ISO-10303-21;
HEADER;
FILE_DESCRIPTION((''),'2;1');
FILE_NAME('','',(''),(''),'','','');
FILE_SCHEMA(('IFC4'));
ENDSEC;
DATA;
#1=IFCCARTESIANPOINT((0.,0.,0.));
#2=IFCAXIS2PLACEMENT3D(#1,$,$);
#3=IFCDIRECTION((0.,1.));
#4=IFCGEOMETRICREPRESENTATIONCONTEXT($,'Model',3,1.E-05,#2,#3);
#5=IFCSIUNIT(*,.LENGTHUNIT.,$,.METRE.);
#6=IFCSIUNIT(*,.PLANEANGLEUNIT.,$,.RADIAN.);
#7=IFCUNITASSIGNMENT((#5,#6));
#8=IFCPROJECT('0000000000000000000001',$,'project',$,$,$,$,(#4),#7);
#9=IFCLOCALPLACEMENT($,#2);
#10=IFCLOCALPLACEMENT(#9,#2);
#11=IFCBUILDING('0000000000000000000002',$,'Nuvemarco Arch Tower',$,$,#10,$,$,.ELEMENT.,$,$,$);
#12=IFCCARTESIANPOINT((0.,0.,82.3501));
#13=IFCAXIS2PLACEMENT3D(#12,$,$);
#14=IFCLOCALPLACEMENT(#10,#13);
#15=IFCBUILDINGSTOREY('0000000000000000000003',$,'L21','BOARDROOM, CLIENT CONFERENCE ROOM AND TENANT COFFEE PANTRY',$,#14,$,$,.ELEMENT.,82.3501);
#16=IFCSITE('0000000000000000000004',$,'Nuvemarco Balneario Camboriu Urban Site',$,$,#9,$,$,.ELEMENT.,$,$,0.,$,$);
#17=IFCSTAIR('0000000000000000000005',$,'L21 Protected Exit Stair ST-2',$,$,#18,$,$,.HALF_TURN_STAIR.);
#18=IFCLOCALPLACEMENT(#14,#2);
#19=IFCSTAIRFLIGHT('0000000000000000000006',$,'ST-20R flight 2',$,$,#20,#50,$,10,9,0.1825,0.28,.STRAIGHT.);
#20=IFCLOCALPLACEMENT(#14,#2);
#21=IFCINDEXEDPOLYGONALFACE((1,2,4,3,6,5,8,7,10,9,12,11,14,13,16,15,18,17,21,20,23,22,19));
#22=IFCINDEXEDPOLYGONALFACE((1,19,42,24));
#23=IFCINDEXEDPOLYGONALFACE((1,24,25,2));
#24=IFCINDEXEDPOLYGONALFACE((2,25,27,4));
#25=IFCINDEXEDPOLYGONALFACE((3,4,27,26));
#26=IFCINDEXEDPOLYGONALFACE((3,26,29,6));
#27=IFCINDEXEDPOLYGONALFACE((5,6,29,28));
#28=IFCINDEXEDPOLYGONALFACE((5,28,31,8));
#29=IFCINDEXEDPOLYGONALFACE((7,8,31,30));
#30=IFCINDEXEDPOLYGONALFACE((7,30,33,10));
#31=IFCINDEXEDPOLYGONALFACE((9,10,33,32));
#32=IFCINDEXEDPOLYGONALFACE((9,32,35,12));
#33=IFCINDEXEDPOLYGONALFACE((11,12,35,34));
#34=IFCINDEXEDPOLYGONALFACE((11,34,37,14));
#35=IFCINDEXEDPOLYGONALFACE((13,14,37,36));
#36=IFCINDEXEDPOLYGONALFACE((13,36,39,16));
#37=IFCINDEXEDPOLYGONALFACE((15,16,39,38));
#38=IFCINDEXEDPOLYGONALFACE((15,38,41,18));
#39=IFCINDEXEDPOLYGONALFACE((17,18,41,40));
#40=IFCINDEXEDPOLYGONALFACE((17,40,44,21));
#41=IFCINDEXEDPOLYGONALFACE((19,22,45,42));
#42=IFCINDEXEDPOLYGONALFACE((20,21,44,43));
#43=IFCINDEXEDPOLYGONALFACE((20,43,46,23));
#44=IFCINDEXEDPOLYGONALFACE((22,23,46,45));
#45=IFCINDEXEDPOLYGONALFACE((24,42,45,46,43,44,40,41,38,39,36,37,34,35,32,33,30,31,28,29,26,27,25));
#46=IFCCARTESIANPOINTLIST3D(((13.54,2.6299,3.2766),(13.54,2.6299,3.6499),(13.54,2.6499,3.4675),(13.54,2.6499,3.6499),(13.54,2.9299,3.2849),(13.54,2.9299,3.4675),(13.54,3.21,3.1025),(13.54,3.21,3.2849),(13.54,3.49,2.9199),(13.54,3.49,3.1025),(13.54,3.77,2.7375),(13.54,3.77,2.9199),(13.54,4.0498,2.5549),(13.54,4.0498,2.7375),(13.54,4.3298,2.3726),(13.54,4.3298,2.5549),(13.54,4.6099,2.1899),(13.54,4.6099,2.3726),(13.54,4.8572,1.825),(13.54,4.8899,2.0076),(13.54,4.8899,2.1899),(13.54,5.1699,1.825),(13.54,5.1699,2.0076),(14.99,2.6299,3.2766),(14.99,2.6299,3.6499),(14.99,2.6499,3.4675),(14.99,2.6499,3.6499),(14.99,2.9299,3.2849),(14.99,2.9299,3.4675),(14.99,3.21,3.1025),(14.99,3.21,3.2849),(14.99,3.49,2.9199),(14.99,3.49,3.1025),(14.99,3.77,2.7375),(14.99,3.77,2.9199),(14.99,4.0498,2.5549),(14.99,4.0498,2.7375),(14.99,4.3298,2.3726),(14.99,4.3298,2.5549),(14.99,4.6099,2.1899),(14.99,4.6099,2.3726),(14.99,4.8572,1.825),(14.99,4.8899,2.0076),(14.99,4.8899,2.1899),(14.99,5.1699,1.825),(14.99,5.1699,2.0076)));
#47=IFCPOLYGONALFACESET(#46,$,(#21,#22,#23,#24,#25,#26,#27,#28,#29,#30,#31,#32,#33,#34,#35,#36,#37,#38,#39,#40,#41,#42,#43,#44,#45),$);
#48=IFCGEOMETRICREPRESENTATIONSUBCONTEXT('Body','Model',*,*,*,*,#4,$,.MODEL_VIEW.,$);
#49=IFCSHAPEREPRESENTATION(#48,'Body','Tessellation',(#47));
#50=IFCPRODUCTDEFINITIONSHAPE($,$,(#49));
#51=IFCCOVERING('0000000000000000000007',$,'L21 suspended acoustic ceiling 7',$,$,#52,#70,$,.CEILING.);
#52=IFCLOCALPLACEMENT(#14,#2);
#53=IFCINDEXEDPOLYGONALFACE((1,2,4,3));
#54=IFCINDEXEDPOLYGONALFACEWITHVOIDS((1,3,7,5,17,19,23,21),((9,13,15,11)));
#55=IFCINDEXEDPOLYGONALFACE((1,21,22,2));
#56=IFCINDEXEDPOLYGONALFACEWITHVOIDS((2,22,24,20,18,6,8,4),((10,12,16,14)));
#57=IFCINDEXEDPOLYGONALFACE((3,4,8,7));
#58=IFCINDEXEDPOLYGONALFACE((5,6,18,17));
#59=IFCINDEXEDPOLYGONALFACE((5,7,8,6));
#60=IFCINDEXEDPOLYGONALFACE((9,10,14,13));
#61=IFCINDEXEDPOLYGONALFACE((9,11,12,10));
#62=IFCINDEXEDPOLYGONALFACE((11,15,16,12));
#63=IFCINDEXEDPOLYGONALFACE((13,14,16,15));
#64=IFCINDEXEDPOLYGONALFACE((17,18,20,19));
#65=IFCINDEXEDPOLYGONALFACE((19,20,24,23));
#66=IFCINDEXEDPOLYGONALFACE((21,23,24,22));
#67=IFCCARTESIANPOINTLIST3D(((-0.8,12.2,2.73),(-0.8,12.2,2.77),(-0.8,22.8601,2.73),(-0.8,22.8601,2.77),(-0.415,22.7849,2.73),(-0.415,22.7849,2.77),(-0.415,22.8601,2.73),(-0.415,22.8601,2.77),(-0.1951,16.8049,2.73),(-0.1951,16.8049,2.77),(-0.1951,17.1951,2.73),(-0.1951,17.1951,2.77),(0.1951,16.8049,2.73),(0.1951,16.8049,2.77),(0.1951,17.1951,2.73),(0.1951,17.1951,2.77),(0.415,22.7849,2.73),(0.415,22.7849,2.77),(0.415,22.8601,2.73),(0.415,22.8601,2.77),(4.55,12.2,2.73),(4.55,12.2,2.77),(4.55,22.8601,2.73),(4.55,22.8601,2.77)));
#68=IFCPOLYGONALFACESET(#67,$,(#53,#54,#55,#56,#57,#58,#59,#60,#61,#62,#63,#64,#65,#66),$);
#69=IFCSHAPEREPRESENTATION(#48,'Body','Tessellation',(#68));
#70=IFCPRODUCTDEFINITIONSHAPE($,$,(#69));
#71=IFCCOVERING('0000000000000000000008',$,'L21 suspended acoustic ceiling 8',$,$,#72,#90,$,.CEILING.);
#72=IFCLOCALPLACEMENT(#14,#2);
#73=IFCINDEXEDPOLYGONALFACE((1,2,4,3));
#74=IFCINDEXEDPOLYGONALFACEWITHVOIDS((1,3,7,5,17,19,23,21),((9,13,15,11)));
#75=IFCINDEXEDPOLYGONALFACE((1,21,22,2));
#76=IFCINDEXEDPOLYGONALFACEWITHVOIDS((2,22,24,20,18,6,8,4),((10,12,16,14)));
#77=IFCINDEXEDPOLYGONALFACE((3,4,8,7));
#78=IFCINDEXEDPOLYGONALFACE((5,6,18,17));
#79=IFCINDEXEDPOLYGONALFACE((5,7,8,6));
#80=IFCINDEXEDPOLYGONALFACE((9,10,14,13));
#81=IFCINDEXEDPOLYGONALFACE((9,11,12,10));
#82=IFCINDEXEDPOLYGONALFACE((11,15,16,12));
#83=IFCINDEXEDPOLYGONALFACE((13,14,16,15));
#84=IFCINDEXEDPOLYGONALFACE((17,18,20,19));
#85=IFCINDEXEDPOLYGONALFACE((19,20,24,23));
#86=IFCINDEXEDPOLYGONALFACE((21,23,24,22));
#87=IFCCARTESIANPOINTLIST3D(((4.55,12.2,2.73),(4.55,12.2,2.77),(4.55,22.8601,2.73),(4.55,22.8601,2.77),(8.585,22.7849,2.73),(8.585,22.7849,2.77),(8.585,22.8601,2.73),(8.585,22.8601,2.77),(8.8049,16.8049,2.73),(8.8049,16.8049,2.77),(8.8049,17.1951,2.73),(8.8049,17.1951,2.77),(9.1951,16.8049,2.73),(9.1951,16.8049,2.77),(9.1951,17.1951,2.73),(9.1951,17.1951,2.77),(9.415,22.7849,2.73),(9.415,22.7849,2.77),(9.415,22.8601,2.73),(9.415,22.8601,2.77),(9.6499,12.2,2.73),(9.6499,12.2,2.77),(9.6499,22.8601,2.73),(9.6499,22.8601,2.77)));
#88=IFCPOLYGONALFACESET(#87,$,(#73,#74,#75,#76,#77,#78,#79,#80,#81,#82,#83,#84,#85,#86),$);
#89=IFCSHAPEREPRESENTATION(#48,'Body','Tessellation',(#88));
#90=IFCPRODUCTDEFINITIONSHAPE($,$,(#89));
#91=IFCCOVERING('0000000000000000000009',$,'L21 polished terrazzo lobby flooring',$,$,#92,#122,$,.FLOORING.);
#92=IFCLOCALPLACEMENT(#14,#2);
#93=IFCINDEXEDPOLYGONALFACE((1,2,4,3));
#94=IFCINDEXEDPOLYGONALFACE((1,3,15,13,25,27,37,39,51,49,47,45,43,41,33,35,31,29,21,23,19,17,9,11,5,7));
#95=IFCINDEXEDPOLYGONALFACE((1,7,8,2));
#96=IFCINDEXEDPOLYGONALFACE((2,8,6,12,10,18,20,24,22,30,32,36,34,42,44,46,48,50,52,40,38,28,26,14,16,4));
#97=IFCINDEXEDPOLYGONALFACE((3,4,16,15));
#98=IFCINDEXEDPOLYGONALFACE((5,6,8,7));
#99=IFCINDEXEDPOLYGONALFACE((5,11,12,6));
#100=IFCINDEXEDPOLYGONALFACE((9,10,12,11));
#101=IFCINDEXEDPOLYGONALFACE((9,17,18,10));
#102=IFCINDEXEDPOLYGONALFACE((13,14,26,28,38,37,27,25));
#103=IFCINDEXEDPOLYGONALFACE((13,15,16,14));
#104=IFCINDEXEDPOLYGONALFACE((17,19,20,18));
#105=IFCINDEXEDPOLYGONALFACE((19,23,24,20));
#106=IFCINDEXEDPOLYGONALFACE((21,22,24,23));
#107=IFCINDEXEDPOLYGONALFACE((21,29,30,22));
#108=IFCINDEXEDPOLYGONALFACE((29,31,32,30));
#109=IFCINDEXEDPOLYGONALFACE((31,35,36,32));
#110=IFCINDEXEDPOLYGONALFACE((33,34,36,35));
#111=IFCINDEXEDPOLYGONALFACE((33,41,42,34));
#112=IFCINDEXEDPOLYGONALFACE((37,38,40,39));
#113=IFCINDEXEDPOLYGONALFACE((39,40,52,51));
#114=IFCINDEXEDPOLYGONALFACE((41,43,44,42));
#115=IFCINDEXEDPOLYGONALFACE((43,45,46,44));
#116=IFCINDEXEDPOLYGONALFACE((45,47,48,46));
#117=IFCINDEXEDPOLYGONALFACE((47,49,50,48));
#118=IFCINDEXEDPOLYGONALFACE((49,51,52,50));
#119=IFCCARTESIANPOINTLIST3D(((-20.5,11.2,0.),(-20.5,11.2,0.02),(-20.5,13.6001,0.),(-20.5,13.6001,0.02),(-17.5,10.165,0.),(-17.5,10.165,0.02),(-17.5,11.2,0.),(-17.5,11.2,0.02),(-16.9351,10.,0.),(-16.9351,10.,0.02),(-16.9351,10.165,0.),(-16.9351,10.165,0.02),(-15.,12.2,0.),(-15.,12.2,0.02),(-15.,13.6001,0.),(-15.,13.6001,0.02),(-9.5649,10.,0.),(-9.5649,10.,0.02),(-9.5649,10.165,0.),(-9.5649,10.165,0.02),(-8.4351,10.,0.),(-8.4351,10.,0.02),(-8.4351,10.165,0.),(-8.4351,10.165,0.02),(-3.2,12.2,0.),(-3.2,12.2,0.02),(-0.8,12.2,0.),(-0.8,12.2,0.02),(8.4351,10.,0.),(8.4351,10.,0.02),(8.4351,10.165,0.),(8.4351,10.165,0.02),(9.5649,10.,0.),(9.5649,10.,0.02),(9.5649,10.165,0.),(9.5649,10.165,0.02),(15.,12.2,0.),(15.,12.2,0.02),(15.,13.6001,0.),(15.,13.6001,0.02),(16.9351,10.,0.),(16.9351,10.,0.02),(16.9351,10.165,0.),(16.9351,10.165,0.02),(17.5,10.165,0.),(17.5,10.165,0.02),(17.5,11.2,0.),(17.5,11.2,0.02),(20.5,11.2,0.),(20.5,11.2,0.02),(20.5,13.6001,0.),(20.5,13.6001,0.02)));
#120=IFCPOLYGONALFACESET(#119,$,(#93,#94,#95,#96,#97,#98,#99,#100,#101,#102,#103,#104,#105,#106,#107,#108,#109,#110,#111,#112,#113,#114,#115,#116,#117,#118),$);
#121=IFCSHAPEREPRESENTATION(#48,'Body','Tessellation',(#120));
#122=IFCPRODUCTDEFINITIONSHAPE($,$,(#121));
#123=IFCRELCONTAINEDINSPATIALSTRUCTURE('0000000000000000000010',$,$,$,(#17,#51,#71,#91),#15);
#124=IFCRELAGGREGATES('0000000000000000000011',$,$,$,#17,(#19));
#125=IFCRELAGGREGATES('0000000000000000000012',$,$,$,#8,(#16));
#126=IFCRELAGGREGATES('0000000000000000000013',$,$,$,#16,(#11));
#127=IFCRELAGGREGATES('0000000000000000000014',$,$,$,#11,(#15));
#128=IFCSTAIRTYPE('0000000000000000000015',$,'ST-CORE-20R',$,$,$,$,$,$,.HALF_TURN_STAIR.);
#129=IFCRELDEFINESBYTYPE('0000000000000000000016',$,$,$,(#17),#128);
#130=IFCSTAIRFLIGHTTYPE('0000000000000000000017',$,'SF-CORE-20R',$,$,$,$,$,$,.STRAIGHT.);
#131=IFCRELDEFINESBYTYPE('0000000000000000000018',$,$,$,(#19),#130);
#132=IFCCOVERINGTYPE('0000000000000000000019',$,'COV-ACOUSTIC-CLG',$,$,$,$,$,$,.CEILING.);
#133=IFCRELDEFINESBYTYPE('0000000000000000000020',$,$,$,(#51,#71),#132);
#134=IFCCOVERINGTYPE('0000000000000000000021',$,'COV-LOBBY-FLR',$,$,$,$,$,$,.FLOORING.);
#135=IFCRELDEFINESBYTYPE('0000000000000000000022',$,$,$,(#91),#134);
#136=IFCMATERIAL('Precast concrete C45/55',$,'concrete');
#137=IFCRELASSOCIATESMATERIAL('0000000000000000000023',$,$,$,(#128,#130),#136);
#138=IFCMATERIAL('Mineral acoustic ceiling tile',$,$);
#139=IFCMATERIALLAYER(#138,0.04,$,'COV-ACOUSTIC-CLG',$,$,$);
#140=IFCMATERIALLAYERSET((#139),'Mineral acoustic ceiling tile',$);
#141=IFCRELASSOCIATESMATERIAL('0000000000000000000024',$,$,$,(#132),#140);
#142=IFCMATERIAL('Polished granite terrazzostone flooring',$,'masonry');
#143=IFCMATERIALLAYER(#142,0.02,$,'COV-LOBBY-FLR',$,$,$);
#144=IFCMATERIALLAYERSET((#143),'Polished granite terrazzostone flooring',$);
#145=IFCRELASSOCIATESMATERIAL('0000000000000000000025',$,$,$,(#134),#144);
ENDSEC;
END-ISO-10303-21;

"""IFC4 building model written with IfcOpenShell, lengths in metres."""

from ifc_helpers import new_model, si_unit, direction, frame, origin, place, context, subcontext, project, spatial, polyline, outline, extrude, material, layer, layer_set, type_object, element, aggregate, save


model = new_model("IFC4")

# Units and contexts
model_context = context("Model", 3, precision=1e-05, world=origin(), true_north=direction((0.0, 1.0)))
body_context = subcontext(model_context, "Body", "Model", "MODEL_VIEW")
ifc_project = project(units=[si_unit("LENGTHUNIT", "METRE"), si_unit("PLANEANGLEUNIT", "RADIAN")], contexts=[model_context])

# Site, building, storey
site_placement = place(None, origin())
site = spatial("IfcSite", under=ifc_project, at=site_placement, Name="Nuvemarco Balneario Camboriu Urban Site", CompositionType="ELEMENT", RefElevation=0.0)
building_placement = place(site_placement, origin())
building = spatial("IfcBuilding", under=site, at=building_placement, Name="Nuvemarco Arch Tower", CompositionType="ELEMENT")
storey_placement = place(building_placement, frame((0.0, 0.0, 82.3501)))
storey = spatial("IfcBuildingStorey", under=building, at=storey_placement, Name="L21", Description="BOARDROOM, CLIENT CONFERENCE ROOM AND TENANT COFFEE PANTRY", CompositionType="ELEMENT", Elevation=82.3501)

# Stair, stair flight
ifc_material_1 = material(Name="Precast concrete C45/55", Category="concrete")
stair_type = type_object("IfcStairType", Name="ST-CORE-20R", PredefinedType="HALF_TURN_STAIR", material=ifc_material_1)
stair_placement = place(storey_placement, origin())
stair = element("IfcStair", 1, at=stair_placement, inside=storey, type_object=stair_type, Name="L21 Protected Exit Stair ST-2", PredefinedType="HALF_TURN_STAIR")
stair_flight_type = type_object("IfcStairFlightType", Name="SF-CORE-20R", PredefinedType="STRAIGHT", material=ifc_material_1)
stair_flight_placement = place(storey_placement, frame((14.2649, 5.1699, 1.825), z_axis=(0.0, 0.0, 1.0), x_axis=(0.0, -1.0, 0.0)))
stair_flight = element("IfcStairFlight", 2, at=stair_flight_placement, type_object=stair_flight_type, Name="ST-20R flight 2", NumberOfRisers=10, NumberOfTreads=9, PredefinedType="STRAIGHT", RiserHeight=0.1825, TreadLength=0.28, context=body_context, shape_type="SweptSolid", body=[
    extrude(outline(polyline([(0.0, 0.0), (0.0, 0.1826), (0.28, 0.1826), (0.28, 0.365), (0.5601, 0.365), (0.5601, 0.5476), (0.8401, 0.5476), (0.8401, 0.73), (1.1201, 0.73), (1.1201, 0.9126), (1.3999, 0.9126), (1.3999, 1.095), (1.6799, 1.095), (1.6799, 1.2776), (1.96, 1.2776), (1.96, 1.46), (2.24, 1.46), (2.24, 1.6426), (2.52, 1.6426), (2.52, 1.825), (2.54, 1.825), (2.54, 1.4517), (0.3127, 0.0), (0.0, 0.0)])), frame((0.0, 0.7251, 0.0), z_axis=(0.0, -1.0, 0.0), x_axis=(1.0, 0.0, 0.0)), (0.0, 0.0, 1.0), 1.45),
])
aggregate(stair, [stair_flight])

# Coverings
ifc_material_2 = material(Name="Mineral acoustic ceiling tile")
ifc_layer_1 = layer(ifc_material_2, 0.04, Name="COV-ACOUSTIC-CLG")
ifc_layer_set_1 = layer_set([ifc_layer_1], Name="Mineral acoustic ceiling tile")
covering_type_1 = type_object("IfcCoveringType", Name="COV-ACOUSTIC-CLG", PredefinedType="CEILING", material=ifc_layer_set_1)
covering_1_placement = place(storey_placement, frame((0.0, 0.0, 2.73)))
element("IfcCovering", 3, at=covering_1_placement, inside=storey, type_object=covering_type_1, Name="L21 suspended acoustic ceiling 7", PredefinedType="CEILING", context=body_context, shape_type="SweptSolid", body=[
    extrude(outline(polyline([(4.55, 12.2), (-0.8, 12.2), (-0.8, 22.8601), (-0.415, 22.8601), (-0.415, 22.7849), (0.415, 22.7849), (0.415, 22.8601), (4.55, 22.8601), (4.55, 12.2)]), holes=[polyline([(0.1951, 16.8049), (0.1951, 17.1951), (-0.1951, 17.1951), (-0.1951, 16.8049), (0.1951, 16.8049)])]), origin(), (0.0, 0.0, 1.0), 0.04),
])
covering_2_placement = place(storey_placement, frame((0.0, 0.0, 2.73)))
element("IfcCovering", 4, at=covering_2_placement, inside=storey, type_object=covering_type_1, Name="L21 suspended acoustic ceiling 8", PredefinedType="CEILING", context=body_context, shape_type="SweptSolid", body=[
    extrude(outline(polyline([(9.6499, 12.2), (4.55, 12.2), (4.55, 22.8601), (8.585, 22.8601), (8.585, 22.7849), (9.415, 22.7849), (9.415, 22.8601), (9.6499, 22.8601), (9.6499, 12.2)]), holes=[polyline([(9.1951, 17.1951), (8.8049, 17.1951), (8.8049, 16.8049), (9.1951, 16.8049), (9.1951, 17.1951)])]), origin(), (0.0, 0.0, 1.0), 0.04),
])
ifc_material_3 = material(Name="Polished granite terrazzostone flooring", Category="masonry")
ifc_layer_2 = layer(ifc_material_3, 0.02, Name="COV-LOBBY-FLR")
ifc_layer_set_2 = layer_set([ifc_layer_2], Name="Polished granite terrazzostone flooring")
covering_type_2 = type_object("IfcCoveringType", Name="COV-LOBBY-FLR", PredefinedType="FLOORING", material=ifc_layer_set_2)
covering_3_placement = place(storey_placement, origin())
element("IfcCovering", 5, at=covering_3_placement, inside=storey, type_object=covering_type_2, Name="L21 polished terrazzo lobby flooring", PredefinedType="FLOORING", context=body_context, shape_type="SweptSolid", body=[
    extrude(outline(polyline([(-8.4351, 10.165), (-9.5649, 10.165), (-9.5649, 10.0), (-16.9351, 10.0), (-16.9351, 10.165), (-17.5, 10.165), (-17.5, 11.2), (-20.5, 11.2), (-20.5, 13.6001), (-15.0, 13.6001), (-15.0, 12.2), (-3.2, 12.2), (-0.8, 12.2), (15.0, 12.2), (15.0, 13.6001), (20.5, 13.6001), (20.5, 11.2), (17.5, 11.2), (17.5, 10.165), (16.9351, 10.165), (16.9351, 10.0), (9.5649, 10.0), (9.5649, 10.165), (8.4351, 10.165), (8.4351, 10.0), (-8.4351, 10.0), (-8.4351, 10.165)])), origin(), (0.0, 0.0, 1.0), 0.02),
])

save(model, "model.ifc")
